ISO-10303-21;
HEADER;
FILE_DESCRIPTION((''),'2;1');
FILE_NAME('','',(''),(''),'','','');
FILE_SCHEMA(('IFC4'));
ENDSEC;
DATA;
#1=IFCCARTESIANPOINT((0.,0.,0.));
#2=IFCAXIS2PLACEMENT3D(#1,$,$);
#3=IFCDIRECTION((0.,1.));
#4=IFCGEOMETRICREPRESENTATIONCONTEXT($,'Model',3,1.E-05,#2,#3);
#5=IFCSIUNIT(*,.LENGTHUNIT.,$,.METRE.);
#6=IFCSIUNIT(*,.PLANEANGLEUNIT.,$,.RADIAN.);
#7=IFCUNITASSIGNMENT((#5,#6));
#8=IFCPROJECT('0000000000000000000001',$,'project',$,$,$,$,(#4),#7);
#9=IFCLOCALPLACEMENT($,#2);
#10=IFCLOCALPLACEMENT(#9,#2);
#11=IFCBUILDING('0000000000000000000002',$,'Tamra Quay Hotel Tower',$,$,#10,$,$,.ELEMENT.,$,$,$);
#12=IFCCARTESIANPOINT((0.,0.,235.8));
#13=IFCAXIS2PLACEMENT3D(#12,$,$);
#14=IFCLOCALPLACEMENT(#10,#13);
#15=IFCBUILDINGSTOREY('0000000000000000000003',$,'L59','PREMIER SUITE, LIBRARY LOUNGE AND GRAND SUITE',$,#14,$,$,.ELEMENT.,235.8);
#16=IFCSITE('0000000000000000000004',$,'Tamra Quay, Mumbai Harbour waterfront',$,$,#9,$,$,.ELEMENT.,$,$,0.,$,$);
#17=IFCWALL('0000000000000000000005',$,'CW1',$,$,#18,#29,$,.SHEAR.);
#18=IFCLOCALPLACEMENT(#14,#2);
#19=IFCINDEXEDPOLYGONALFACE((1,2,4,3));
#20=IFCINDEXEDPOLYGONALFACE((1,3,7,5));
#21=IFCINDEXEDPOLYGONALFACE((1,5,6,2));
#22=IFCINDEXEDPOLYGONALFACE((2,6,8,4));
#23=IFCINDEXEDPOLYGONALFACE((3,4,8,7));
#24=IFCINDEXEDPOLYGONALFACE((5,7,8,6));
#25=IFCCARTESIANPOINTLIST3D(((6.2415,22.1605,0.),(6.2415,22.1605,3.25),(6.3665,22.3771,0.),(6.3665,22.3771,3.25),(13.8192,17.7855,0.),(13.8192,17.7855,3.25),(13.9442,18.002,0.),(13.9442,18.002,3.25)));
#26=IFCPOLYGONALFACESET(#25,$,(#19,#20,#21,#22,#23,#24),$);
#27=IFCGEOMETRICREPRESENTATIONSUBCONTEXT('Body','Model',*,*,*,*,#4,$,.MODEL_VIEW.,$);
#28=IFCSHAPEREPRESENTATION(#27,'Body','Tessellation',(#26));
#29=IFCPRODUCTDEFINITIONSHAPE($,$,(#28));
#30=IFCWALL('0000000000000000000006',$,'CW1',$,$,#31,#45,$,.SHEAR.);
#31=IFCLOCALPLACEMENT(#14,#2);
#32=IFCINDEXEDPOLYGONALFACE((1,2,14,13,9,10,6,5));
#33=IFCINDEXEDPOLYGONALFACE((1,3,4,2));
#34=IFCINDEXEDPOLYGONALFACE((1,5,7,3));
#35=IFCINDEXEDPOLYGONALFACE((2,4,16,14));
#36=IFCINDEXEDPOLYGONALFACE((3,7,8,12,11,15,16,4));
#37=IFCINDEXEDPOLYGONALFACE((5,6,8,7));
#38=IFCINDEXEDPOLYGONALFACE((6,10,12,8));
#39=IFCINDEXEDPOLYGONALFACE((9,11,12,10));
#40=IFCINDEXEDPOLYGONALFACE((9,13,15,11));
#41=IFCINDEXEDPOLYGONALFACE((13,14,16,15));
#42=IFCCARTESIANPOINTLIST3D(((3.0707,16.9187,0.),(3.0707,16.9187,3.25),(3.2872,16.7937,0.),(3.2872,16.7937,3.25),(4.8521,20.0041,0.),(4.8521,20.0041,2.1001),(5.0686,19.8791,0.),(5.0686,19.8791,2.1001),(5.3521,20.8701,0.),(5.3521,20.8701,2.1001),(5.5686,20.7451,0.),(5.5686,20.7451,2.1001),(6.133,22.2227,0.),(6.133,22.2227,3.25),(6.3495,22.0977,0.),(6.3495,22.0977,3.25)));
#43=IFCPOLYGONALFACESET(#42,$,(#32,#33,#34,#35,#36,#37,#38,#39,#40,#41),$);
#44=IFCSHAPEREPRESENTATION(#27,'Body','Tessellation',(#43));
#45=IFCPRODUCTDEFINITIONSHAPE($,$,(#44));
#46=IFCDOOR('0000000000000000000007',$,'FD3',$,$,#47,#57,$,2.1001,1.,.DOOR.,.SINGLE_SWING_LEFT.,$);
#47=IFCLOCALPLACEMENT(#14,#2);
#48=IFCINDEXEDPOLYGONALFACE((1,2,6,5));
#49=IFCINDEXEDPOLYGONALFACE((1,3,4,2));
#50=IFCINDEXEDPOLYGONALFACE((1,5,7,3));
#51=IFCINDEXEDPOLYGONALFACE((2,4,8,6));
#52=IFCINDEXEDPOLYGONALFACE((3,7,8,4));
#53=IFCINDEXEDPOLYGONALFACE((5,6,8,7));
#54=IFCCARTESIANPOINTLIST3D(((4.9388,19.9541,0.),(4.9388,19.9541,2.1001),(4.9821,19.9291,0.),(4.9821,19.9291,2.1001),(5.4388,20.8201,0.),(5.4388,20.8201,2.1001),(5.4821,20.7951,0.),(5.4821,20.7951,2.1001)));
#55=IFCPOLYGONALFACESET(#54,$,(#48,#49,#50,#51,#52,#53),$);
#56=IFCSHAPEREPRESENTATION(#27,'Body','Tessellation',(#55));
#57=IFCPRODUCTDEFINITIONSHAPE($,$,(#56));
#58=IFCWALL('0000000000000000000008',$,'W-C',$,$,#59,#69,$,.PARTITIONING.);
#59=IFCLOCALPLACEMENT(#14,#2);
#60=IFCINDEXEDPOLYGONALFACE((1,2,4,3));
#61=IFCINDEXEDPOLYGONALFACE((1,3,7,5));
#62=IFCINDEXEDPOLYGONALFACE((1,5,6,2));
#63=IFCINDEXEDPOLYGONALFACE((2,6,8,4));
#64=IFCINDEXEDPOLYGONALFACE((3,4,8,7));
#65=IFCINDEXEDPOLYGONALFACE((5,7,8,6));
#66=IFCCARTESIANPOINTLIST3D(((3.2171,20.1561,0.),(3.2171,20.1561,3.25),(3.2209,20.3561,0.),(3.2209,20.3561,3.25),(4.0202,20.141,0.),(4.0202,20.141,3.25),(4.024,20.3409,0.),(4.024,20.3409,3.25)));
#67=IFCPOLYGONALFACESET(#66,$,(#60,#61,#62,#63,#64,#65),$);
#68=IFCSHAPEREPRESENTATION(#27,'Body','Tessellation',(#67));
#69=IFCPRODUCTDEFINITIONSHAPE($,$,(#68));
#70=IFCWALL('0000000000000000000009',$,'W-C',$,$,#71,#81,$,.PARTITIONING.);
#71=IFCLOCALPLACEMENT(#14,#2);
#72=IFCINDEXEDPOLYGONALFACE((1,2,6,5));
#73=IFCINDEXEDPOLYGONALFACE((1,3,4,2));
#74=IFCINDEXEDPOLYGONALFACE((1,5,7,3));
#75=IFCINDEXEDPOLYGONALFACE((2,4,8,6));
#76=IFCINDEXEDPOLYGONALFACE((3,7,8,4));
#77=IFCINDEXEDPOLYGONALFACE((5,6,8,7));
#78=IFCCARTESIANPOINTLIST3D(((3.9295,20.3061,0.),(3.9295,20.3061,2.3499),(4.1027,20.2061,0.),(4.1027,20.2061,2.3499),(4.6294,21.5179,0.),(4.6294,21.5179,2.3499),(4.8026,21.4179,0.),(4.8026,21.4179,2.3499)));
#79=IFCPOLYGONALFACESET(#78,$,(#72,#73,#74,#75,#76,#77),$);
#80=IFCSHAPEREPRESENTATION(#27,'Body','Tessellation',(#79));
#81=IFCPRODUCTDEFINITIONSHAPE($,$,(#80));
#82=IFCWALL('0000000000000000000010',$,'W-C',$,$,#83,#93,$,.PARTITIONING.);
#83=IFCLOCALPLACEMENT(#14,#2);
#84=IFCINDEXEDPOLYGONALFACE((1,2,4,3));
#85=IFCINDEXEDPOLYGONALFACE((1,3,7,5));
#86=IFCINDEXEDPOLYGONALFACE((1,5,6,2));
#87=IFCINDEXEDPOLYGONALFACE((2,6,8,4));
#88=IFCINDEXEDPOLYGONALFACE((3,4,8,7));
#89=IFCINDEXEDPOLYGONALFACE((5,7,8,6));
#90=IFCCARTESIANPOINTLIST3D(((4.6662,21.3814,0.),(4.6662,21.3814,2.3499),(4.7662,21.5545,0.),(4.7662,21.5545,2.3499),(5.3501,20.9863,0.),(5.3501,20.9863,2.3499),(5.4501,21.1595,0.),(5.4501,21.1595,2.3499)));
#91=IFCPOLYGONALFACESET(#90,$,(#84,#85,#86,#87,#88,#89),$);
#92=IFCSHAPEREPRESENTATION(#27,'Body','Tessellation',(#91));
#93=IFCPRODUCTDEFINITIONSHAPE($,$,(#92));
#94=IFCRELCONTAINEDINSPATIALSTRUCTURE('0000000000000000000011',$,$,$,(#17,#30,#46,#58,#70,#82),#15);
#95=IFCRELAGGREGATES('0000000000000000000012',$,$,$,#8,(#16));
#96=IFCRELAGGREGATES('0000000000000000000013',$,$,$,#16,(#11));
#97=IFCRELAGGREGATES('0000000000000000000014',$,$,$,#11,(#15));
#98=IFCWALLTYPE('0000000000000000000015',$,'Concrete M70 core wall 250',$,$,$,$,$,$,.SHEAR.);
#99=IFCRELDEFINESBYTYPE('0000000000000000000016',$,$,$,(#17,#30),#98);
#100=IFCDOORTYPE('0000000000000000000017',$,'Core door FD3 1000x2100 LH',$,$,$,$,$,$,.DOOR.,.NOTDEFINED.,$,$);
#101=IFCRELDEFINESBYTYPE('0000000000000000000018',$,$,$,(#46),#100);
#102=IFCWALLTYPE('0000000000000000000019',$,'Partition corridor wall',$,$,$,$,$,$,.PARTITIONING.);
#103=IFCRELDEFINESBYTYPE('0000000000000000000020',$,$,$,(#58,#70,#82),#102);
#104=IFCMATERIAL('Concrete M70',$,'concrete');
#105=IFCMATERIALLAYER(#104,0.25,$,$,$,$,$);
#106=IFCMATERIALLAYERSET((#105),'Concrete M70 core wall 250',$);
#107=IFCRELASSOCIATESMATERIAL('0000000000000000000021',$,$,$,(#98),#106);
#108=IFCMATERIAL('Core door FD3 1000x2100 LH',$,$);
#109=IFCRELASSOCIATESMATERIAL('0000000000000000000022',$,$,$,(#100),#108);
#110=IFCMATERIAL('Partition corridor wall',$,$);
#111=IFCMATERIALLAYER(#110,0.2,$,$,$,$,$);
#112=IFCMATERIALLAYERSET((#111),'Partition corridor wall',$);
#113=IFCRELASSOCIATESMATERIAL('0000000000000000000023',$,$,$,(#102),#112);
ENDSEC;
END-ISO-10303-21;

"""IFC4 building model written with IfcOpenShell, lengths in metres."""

from ifc_helpers import new_model, si_unit, direction, frame, frame_2d, origin, place, context, subcontext, project, spatial, rectangle, extrude, material, layer, layer_set, type_object, element, fill, save


model = new_model("IFC4")

# Units and contexts
model_context = context("Model", 3, precision=1e-05, world=origin(), true_north=direction((0.0, 1.0)))
body_context = subcontext(model_context, "Body", "Model", "MODEL_VIEW")
ifc_project = project(units=[si_unit("LENGTHUNIT", "METRE"), si_unit("PLANEANGLEUNIT", "RADIAN")], contexts=[model_context])

# Site, building, storey
site_placement = place(None, origin())
site = spatial("IfcSite", under=ifc_project, at=site_placement, Name="Tamra Quay, Mumbai Harbour waterfront", CompositionType="ELEMENT", RefElevation=0.0)
building_placement = place(site_placement, origin())
building = spatial("IfcBuilding", under=site, at=building_placement, Name="Tamra Quay Hotel Tower", CompositionType="ELEMENT")
storey_placement = place(building_placement, frame((0.0, 0.0, 235.8)))
storey = spatial("IfcBuildingStorey", under=building, at=storey_placement, Name="L59", Description="PREMIER SUITE, LIBRARY LOUNGE AND GRAND SUITE", CompositionType="ELEMENT", Elevation=235.8)

# Shared definitions
ifc_material_1 = material(Name="Concrete M70", Category="concrete")

# Wall
ifc_layer_1 = layer(ifc_material_1, 0.25)
ifc_layer_set_1 = layer_set([ifc_layer_1], Name="Concrete M70 core wall 250")
wall_type_1 = type_object("IfcWallType", Name="Concrete M70 core wall 250", PredefinedType="SHEAR", material=ifc_layer_set_1)
wall_1_placement = place(storey_placement, frame((6.304, 22.2688, 0.0), z_axis=(0.0, 0.0, 1.0), x_axis=(0.866023, -0.500004, 0.0)))
element("IfcWall", 1, at=wall_1_placement, inside=storey, type_object=wall_type_1, Name="CW1", PredefinedType="SHEAR", context=body_context, shape_type="SweptSolid", body=[
    extrude(rectangle(XDim=8.75, YDim=0.25, at=frame_2d((4.375, 0.0))), origin(), (0.0, 0.0, 1.0), 3.25),
])

# Wall, opening, door
wall_2_placement = place(storey_placement, frame((3.179, 16.8562, 0.0), z_axis=(0.0, 0.0, 1.0), x_axis=(0.500002, 0.866024, 0.0)))
wall_2 = element("IfcWall", 2, at=wall_2_placement, inside=storey, type_object=wall_type_1, Name="CW1", PredefinedType="SHEAR", context=body_context, shape_type="SweptSolid", body=[
    extrude(rectangle(XDim=6.1245, YDim=0.25, at=frame_2d((3.0623, 0.0))), origin(), (0.0, 0.0, 1.0), 3.25),
])
opening_1_placement = place(wall_2_placement, frame((3.5627, 0.0, 0.0)))
opening_1 = element("IfcOpeningElement", 3, at=opening_1_placement, cuts=wall_2, PredefinedType="OPENING", context=body_context, shape_type="SweptSolid", body=[
    extrude(rectangle(XDim=1.0, YDim=2.1001, at=frame_2d((0.5, 1.05))), frame((0.0, 0.135, 0.0), z_axis=(0.0, -1.0, 0.0), x_axis=(1.0, 0.0, 0.0)), (0.0, 0.0, 1.0), 0.27),
])
ifc_material_2 = material(Name="Core door FD3 1000x2100 LH")
door_type_1 = type_object("IfcDoorType", Name="Core door FD3 1000x2100 LH", OperationType="NOTDEFINED", PredefinedType="DOOR", material=ifc_material_2)
door_1_placement = place(opening_1_placement, origin())
door_1 = element("IfcDoor", 4, at=door_1_placement, inside=storey, type_object=door_type_1, Name="FD3", OperationType="SINGLE_SWING_LEFT", OverallHeight=2.1001, OverallWidth=1.0, PredefinedType="DOOR", context=body_context, shape_type="SweptSolid", body=[
    extrude(rectangle(XDim=1.0, YDim=2.1001, at=frame_2d((0.5, 1.05))), frame((0.0, 0.0249, 0.0), z_axis=(0.0, -1.0, 0.0), x_axis=(1.0, 0.0, 0.0)), (0.0, 0.0, 1.0), 0.05),
])
fill(opening_1, door_1)

# Walls
ifc_material_3 = material(Name="Partition corridor wall")
ifc_layer_2 = layer(ifc_material_3, 0.2)
ifc_layer_set_2 = layer_set([ifc_layer_2], Name="Partition corridor wall")
wall_type_2 = type_object("IfcWallType", Name="Partition corridor wall", PredefinedType="PARTITIONING", material=ifc_layer_set_2)
wall_3_placement = place(storey_placement, frame((3.219, 20.2561, 0.0), z_axis=(0.0, 0.0, 1.0), x_axis=(0.999822, -0.018847, 0.0)))
element("IfcWall", 5, at=wall_3_placement, inside=storey, type_object=wall_type_2, Name="W-C", PredefinedType="PARTITIONING", context=body_context, shape_type="SweptSolid", body=[
    extrude(rectangle(XDim=0.8032, YDim=0.2, at=frame_2d((0.4016, 0.0))), origin(), (0.0, 0.0, 1.0), 3.25),
])
wall_4_placement = place(storey_placement, frame((4.0161, 20.2561, 0.0), z_axis=(0.0, 0.0, 1.0), x_axis=(0.500135, 0.865947, 0.0)))
element("IfcWall", 6, at=wall_4_placement, inside=storey, type_object=wall_type_2, Name="W-C", PredefinedType="PARTITIONING", context=body_context, shape_type="SweptSolid", body=[
    extrude(rectangle(XDim=1.3994, YDim=0.2, at=frame_2d((0.6997, 0.0))), origin(), (0.0, 0.0, 1.0), 2.3499),
])
wall_5_placement = place(storey_placement, frame((4.7161, 21.468, 0.0), z_axis=(0.0, 0.0, 1.0), x_axis=(0.865913, -0.500195, 0.0)))
element("IfcWall", 7, at=wall_5_placement, inside=storey, type_object=wall_type_2, Name="W-C", PredefinedType="PARTITIONING", context=body_context, shape_type="SweptSolid", body=[
    extrude(rectangle(XDim=0.7898, YDim=0.2, at=frame_2d((0.395, 0.0))), origin(), (0.0, 0.0, 1.0), 2.3499),
])

save(model, "model.ifc")
